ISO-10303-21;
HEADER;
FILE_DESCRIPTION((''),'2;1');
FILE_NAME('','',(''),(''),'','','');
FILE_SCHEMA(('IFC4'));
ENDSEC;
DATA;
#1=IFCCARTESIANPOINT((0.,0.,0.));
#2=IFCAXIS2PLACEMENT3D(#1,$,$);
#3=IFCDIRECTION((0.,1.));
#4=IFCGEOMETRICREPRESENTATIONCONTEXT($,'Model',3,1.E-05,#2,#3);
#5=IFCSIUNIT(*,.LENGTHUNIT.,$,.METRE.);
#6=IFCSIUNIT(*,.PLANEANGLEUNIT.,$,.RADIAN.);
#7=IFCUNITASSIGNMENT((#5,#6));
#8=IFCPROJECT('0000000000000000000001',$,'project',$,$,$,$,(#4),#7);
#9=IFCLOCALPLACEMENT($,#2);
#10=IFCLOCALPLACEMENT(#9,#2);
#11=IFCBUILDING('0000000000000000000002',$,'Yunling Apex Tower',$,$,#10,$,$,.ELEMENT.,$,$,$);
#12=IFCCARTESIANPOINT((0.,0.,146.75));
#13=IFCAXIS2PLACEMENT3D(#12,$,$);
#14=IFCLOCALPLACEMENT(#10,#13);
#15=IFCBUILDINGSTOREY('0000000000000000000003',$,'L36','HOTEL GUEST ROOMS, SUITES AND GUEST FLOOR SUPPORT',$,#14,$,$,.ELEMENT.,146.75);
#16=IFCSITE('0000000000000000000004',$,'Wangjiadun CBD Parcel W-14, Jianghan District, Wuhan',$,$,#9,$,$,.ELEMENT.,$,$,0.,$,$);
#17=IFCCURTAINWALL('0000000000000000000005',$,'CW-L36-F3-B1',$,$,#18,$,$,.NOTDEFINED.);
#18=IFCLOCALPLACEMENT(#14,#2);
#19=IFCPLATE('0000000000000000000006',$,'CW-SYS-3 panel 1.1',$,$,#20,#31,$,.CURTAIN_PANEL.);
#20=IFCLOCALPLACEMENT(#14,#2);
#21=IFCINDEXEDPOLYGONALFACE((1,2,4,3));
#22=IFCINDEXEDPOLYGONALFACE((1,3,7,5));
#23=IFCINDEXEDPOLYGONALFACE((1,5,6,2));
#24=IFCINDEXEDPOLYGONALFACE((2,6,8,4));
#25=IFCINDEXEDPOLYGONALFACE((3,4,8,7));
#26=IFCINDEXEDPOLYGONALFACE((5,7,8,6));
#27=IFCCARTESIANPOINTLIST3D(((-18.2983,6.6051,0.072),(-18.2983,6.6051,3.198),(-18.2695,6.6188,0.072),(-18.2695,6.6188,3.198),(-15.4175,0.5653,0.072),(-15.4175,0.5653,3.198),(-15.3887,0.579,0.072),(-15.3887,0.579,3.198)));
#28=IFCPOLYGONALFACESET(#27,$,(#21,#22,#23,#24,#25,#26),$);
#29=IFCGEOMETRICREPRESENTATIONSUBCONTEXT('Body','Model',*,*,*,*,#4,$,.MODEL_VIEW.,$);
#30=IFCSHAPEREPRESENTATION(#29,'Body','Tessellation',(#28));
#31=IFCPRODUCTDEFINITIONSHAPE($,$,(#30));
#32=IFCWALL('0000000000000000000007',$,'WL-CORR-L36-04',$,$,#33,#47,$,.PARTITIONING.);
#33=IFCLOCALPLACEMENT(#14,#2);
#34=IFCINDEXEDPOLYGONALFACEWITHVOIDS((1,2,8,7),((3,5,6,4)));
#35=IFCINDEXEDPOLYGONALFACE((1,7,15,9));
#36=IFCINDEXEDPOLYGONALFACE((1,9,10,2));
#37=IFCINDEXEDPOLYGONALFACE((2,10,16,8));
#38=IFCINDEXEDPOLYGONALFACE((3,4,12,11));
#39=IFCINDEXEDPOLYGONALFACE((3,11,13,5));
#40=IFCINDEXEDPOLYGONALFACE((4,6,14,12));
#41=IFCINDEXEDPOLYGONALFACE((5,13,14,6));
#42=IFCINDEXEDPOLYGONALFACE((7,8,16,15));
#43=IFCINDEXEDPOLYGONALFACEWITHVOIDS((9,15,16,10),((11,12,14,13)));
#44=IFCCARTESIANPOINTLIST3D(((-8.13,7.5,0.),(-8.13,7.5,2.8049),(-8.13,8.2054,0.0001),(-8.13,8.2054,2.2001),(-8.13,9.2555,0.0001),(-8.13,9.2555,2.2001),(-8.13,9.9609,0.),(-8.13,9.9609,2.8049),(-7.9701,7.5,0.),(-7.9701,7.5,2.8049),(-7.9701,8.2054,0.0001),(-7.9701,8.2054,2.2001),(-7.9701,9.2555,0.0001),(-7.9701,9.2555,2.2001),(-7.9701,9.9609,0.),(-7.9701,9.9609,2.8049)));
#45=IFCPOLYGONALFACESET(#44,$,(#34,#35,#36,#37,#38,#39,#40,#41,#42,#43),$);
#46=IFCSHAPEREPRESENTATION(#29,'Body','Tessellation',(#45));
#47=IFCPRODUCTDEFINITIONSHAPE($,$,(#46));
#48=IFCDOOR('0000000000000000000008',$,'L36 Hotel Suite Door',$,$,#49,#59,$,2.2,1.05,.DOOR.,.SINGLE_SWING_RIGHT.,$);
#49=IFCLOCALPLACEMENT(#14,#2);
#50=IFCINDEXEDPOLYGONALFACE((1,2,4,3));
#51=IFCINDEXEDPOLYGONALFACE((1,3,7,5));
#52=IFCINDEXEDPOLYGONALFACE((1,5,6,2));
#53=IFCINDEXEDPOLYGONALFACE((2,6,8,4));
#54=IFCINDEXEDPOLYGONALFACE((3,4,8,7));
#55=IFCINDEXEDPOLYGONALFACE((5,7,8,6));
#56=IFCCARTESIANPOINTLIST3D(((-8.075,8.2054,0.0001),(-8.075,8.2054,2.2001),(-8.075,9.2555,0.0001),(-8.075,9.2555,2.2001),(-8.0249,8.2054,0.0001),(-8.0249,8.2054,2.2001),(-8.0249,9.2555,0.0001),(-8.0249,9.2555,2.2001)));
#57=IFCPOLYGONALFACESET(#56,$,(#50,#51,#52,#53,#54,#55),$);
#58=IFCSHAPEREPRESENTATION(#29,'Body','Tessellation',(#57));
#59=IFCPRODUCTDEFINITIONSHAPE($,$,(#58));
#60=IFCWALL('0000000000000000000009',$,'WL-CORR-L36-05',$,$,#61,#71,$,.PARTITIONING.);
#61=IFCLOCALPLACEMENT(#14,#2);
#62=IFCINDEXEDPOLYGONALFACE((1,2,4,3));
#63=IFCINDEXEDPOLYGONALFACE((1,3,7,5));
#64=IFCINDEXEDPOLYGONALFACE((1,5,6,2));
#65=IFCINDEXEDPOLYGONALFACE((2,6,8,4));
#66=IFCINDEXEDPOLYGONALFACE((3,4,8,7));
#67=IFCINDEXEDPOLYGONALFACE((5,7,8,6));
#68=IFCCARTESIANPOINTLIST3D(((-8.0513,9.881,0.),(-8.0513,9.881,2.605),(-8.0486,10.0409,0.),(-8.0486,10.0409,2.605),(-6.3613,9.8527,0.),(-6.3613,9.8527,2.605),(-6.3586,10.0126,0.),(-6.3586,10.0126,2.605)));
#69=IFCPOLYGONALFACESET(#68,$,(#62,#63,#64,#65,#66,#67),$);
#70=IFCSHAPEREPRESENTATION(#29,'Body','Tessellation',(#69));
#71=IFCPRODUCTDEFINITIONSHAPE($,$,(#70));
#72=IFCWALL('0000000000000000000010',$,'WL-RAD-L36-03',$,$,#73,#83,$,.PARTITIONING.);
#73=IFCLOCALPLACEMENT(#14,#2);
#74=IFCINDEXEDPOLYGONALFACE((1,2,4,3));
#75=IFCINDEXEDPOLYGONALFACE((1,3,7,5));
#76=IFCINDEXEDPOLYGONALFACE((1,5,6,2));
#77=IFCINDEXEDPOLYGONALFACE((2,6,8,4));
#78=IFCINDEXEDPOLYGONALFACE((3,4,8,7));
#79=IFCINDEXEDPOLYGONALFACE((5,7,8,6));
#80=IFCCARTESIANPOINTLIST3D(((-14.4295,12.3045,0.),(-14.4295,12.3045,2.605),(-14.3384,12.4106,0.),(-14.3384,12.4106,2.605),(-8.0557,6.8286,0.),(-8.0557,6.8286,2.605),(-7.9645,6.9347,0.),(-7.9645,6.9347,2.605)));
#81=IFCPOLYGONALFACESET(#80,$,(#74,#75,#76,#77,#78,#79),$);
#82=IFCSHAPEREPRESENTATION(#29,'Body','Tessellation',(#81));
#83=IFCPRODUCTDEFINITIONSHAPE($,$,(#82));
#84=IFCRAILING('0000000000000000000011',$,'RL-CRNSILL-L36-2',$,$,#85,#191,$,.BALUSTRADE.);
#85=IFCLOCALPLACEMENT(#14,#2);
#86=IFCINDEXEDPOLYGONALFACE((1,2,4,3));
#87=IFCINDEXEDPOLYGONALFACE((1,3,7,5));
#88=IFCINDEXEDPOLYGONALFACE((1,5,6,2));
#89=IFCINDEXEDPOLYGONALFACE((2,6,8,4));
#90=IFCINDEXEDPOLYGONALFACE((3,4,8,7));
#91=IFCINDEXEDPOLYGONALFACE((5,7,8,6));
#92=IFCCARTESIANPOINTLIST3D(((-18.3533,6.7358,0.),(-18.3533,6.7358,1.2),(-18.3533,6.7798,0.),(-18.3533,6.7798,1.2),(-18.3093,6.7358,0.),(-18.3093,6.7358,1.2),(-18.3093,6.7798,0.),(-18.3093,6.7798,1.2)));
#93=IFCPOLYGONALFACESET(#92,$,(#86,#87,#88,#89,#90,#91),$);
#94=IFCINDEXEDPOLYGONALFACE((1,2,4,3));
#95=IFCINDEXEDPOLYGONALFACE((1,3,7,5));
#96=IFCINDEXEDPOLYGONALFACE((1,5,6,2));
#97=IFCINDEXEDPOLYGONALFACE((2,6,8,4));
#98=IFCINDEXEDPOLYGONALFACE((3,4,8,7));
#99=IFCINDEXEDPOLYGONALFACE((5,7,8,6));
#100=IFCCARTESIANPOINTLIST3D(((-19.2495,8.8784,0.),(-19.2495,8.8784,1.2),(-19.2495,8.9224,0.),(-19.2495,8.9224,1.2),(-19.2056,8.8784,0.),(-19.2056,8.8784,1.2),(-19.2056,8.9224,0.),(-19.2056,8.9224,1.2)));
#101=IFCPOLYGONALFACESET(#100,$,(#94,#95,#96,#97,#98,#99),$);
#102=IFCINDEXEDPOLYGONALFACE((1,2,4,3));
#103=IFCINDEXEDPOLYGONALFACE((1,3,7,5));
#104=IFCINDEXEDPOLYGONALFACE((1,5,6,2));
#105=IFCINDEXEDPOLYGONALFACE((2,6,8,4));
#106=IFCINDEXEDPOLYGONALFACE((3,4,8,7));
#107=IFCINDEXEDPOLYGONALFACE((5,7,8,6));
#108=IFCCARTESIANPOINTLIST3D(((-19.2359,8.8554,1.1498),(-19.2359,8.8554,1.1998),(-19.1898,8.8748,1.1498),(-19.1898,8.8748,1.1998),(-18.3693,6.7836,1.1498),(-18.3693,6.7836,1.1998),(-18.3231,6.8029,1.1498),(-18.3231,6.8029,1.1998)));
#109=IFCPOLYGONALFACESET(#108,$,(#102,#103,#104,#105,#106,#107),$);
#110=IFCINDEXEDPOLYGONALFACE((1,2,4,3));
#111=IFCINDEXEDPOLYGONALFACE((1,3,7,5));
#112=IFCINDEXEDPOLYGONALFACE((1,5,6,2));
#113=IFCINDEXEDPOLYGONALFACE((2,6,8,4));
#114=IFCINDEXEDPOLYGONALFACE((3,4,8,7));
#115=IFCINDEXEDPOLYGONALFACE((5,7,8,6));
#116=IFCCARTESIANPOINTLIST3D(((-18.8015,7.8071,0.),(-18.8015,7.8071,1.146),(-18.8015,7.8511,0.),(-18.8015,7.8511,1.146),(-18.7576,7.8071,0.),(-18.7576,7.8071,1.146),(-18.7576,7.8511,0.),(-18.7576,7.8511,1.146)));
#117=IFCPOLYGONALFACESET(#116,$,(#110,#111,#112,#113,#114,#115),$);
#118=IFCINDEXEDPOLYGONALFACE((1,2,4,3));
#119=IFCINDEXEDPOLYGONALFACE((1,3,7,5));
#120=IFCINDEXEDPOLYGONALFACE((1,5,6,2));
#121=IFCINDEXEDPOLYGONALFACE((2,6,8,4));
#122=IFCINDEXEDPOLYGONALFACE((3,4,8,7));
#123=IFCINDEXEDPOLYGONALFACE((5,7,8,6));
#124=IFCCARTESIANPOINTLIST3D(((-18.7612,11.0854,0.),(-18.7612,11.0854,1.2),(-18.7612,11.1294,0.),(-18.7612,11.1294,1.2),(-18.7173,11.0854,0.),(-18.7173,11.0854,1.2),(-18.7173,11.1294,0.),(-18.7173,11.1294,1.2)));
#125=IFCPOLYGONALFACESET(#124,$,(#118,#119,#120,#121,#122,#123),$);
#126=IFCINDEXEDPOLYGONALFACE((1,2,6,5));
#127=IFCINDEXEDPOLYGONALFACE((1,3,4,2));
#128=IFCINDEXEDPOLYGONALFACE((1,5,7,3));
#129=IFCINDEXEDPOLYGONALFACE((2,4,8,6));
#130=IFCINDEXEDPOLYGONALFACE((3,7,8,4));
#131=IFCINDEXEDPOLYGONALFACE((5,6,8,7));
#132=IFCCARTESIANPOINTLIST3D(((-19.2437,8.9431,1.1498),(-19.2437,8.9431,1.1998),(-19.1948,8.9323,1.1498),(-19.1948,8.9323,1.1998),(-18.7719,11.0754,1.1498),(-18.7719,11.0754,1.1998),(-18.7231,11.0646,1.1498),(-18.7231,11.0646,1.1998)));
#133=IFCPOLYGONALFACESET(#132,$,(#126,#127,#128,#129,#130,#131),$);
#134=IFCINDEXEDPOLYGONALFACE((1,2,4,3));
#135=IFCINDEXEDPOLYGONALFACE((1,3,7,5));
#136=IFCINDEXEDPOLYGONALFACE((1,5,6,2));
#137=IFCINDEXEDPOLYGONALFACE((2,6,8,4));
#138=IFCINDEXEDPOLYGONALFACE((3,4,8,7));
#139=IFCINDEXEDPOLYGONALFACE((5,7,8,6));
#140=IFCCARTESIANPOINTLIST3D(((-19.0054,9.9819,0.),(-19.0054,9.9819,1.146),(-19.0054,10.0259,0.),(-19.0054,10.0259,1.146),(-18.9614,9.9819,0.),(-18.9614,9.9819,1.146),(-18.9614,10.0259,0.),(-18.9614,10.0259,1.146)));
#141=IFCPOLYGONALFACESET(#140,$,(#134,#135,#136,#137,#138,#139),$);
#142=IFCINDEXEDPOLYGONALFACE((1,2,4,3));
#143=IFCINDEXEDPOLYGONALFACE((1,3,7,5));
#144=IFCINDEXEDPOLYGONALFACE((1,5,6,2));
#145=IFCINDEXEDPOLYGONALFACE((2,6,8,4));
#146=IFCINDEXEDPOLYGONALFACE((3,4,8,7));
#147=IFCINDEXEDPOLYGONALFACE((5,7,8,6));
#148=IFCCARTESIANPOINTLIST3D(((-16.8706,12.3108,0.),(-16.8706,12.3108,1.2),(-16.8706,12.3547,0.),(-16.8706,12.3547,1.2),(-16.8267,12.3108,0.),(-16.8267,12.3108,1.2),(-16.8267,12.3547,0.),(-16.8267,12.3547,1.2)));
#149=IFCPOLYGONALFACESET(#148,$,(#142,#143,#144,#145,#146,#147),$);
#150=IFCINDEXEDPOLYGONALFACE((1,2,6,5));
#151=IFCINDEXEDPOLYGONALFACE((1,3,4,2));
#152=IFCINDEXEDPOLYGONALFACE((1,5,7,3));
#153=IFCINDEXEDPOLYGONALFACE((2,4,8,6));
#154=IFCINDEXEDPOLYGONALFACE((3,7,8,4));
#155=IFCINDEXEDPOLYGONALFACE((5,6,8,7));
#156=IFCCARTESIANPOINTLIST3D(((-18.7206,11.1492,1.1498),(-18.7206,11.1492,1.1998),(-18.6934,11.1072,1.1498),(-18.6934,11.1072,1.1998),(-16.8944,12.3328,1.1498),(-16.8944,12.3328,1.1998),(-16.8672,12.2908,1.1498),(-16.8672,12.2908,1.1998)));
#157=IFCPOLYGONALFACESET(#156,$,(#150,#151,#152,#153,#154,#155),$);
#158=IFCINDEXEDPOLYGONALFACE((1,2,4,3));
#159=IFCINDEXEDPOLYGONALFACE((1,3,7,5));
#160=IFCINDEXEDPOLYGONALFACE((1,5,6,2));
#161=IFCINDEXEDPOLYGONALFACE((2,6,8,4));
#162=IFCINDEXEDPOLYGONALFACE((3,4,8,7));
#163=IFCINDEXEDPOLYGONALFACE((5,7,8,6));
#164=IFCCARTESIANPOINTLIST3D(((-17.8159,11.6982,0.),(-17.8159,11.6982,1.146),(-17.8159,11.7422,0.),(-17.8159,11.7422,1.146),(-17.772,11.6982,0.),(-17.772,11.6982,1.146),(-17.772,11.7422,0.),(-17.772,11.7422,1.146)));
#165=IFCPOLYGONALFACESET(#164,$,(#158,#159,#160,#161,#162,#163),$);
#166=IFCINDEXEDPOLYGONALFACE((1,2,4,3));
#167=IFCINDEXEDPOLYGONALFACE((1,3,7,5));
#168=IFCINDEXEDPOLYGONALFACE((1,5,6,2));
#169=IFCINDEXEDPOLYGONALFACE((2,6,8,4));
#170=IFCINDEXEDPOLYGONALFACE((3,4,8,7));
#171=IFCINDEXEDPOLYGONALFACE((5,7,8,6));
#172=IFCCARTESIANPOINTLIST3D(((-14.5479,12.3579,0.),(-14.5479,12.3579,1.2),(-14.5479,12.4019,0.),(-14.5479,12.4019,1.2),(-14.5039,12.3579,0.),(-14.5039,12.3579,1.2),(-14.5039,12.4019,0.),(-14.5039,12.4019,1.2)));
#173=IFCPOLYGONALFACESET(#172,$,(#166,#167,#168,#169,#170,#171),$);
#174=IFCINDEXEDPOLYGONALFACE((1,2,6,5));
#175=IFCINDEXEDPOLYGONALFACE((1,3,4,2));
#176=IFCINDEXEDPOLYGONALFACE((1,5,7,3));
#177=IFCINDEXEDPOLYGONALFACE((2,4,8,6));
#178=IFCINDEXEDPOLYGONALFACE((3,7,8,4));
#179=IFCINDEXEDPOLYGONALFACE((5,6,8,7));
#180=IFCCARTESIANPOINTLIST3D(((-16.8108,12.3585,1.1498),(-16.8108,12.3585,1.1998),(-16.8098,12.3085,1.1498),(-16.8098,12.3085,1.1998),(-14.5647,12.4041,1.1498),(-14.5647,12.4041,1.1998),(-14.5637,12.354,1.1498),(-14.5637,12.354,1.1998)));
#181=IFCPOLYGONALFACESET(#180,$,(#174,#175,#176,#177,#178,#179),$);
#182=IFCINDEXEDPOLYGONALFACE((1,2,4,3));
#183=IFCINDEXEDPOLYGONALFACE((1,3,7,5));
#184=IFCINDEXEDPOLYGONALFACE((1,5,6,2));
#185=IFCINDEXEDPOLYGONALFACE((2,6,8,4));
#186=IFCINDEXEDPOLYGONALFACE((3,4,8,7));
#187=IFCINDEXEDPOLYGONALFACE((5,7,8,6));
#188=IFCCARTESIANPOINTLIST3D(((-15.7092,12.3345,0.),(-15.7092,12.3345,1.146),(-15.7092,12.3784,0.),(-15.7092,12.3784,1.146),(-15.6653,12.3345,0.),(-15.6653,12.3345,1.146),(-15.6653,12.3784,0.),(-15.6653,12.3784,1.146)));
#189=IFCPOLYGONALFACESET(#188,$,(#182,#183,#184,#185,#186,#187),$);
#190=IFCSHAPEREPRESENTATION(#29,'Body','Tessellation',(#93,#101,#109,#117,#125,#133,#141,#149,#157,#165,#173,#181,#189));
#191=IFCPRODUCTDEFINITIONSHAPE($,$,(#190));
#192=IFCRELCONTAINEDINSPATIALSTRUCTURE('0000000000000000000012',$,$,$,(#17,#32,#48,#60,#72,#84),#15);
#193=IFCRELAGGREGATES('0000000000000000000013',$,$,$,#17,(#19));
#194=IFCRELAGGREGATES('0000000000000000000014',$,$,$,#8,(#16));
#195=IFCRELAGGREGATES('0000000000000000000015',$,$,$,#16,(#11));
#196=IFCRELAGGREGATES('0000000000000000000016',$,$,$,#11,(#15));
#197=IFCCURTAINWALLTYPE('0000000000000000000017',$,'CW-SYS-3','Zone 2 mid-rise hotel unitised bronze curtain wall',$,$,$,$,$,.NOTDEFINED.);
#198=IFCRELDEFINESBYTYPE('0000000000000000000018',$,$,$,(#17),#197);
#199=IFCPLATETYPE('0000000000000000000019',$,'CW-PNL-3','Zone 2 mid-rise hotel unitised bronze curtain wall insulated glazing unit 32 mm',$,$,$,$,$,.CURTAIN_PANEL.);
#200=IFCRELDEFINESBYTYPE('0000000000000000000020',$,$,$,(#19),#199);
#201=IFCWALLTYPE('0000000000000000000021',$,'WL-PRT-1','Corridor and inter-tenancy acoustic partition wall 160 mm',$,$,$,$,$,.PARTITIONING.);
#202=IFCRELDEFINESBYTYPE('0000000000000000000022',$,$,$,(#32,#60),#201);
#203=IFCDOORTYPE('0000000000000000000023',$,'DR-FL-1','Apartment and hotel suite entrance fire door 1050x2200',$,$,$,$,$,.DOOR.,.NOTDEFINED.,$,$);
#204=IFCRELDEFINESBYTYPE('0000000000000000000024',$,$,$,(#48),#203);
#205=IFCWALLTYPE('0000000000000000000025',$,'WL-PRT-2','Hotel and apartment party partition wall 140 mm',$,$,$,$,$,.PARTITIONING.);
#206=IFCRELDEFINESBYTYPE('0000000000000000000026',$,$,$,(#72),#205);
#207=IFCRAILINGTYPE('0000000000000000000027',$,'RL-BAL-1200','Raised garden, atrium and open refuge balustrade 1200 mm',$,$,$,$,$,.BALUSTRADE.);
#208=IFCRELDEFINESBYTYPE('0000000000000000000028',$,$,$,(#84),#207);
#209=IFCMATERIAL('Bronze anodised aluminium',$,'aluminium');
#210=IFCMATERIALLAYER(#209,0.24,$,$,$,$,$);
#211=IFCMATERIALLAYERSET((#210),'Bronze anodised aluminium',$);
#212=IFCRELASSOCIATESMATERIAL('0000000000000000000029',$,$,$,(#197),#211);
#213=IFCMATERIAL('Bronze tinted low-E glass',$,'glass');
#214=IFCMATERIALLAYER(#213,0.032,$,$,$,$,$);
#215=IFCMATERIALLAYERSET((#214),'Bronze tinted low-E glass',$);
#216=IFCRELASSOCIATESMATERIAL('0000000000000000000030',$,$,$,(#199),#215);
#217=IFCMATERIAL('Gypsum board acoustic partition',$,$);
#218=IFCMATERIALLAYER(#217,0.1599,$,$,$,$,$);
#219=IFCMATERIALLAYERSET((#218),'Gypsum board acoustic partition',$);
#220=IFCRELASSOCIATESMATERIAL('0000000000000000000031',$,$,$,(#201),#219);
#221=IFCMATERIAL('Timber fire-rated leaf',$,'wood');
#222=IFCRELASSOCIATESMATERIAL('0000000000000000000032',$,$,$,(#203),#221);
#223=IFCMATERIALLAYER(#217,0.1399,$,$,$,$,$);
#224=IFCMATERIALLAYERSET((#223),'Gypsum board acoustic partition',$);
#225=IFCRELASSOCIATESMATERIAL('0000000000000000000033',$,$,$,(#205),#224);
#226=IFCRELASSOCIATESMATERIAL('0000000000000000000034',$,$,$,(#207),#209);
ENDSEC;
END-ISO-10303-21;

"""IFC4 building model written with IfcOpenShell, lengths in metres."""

from ifc_helpers import new_model, si_unit, direction, frame, frame_2d, origin, origin_2d, place, context, subcontext, project, spatial, rectangle, extrude, source, transform, mapped, material, layer, layer_set, type_object, element, fill, aggregate, save


model = new_model("IFC4")

# Units and contexts
model_context = context("Model", 3, precision=1e-05, world=origin(), true_north=direction((0.0, 1.0)))
body_context = subcontext(model_context, "Body", "Model", "MODEL_VIEW")
ifc_project = project(units=[si_unit("LENGTHUNIT", "METRE"), si_unit("PLANEANGLEUNIT", "RADIAN")], contexts=[model_context])

# Site, building, storey
site_placement = place(None, origin())
site = spatial("IfcSite", under=ifc_project, at=site_placement, Name="Wangjiadun CBD Parcel W-14, Jianghan District, Wuhan", CompositionType="ELEMENT", RefElevation=0.0)
building_placement = place(site_placement, origin())
building = spatial("IfcBuilding", under=site, at=building_placement, Name="Yunling Apex Tower", CompositionType="ELEMENT")
storey_placement = place(building_placement, frame((0.0, 0.0, 146.75)))
storey = spatial("IfcBuildingStorey", under=building, at=storey_placement, Name="L36", Description="HOTEL GUEST ROOMS, SUITES AND GUEST FLOOR SUPPORT", CompositionType="ELEMENT", Elevation=146.75)

# Shared definitions
ifc_material_1 = material(Name="Bronze anodised aluminium", Category="aluminium")
ifc_layer_1 = layer(ifc_material_1, 0.24)
ifc_layer_set_1 = layer_set([ifc_layer_1], Name="Bronze anodised aluminium")
curtain_wall_type = type_object("IfcCurtainWallType", Name="CW-SYS-3", Description="Zone 2 mid-rise hotel unitised bronze curtain wall", PredefinedType="NOTDEFINED", material=ifc_layer_set_1)

# Curtain wall
curtain_wall_1_placement = place(storey_placement, origin())
curtain_wall_1 = element("IfcCurtainWall", 1, at=curtain_wall_1_placement, inside=storey, type_object=curtain_wall_type, Name="CW-L36-F3-B1", PredefinedType="NOTDEFINED")

# Plate
ifc_material_2 = material(Name="Bronze tinted low-E glass", Category="glass")
ifc_layer_2 = layer(ifc_material_2, 0.032)
ifc_layer_set_2 = layer_set([ifc_layer_2], Name="Bronze tinted low-E glass")
plate_type = type_object("IfcPlateType", Name="CW-PNL-3", Description="Zone 2 mid-rise hotel unitised bronze curtain wall insulated glazing unit 32 mm", PredefinedType="CURTAIN_PANEL", material=ifc_layer_set_2)
shared_shape_1 = source(origin(), body_context, "Body", "SweptSolid", [
    extrude(rectangle(XDim=6.6917, YDim=0.032, at=origin_2d()), origin(), (0.0, 0.0, 1.0), 3.126),
])
plate_1_placement = place(storey_placement, frame((-16.8435, 3.592, 0.072), z_axis=(0.0, 0.0, 1.0), x_axis=(0.430506, -0.902588, 0.0)))
plate_1 = element("IfcPlate", 2, at=plate_1_placement, type_object=plate_type, Name="CW-SYS-3 panel 1.1", PredefinedType="CURTAIN_PANEL", context=body_context, shape_type="MappedRepresentation", body=[
    mapped(shared_shape_1, transform((0.0, 0.0, 0.0), scale=1.0)),
])
aggregate(curtain_wall_1, [plate_1])

# Wall, opening, door
ifc_material_3 = material(Name="Gypsum board acoustic partition")
ifc_layer_3 = layer(ifc_material_3, 0.1599)
ifc_layer_set_3 = layer_set([ifc_layer_3], Name="Gypsum board acoustic partition")
wall_type_1 = type_object("IfcWallType", Name="WL-PRT-1", Description="Corridor and inter-tenancy acoustic partition wall 160 mm", PredefinedType="PARTITIONING", material=ifc_layer_set_3)
wall_1_placement = place(storey_placement, frame((-8.05, 7.5, 0.0), z_axis=(0.0, 0.0, 1.0), x_axis=(0.0, 1.0, 0.0)))
wall_1 = element("IfcWall", 3, at=wall_1_placement, inside=storey, type_object=wall_type_1, Name="WL-CORR-L36-04", PredefinedType="PARTITIONING", context=body_context, shape_type="SweptSolid", body=[
    extrude(rectangle(XDim=2.4609, YDim=0.1599, at=frame_2d((1.2305, 0.0))), origin(), (0.0, 0.0, 1.0), 2.8049),
])
opening_placement = place(wall_1_placement, frame((0.7056, 0.0, 0.0)))
opening = element("IfcOpeningElement", 4, at=opening_placement, cuts=wall_1, PredefinedType="OPENING", context=body_context, shape_type="SweptSolid", body=[
    extrude(rectangle(XDim=1.05, YDim=2.2, at=frame_2d((0.5249, 1.1001))), frame((0.0, 0.0898, 0.0), z_axis=(0.0, -1.0, 0.0), x_axis=(1.0, 0.0, 0.0)), (0.0, 0.0, 1.0), 0.1799),
])
ifc_material_4 = material(Name="Timber fire-rated leaf", Category="wood")
door_type = type_object("IfcDoorType", Name="DR-FL-1", Description="Apartment and hotel suite entrance fire door 1050x2200", OperationType="NOTDEFINED", PredefinedType="DOOR", material=ifc_material_4)
door_placement = place(opening_placement, origin())
door = element("IfcDoor", 5, at=door_placement, inside=storey, type_object=door_type, Name="L36 Hotel Suite Door", OperationType="SINGLE_SWING_RIGHT", OverallHeight=2.2, OverallWidth=1.05, PredefinedType="DOOR", context=body_context, shape_type="SweptSolid", body=[
    extrude(rectangle(XDim=1.05, YDim=2.2, at=frame_2d((0.5249, 1.1001))), frame((0.0, 0.0249, 0.0), z_axis=(0.0, -1.0, 0.0), x_axis=(1.0, 0.0, 0.0)), (0.0, 0.0, 1.0), 0.05),
])
fill(opening, door)

# Walls
wall_2_placement = place(storey_placement, frame((-8.05, 9.9609, 0.0), z_axis=(0.0, 0.0, 1.0), x_axis=(0.99986, -0.016756, 0.0)))
element("IfcWall", 6, at=wall_2_placement, inside=storey, type_object=wall_type_1, Name="WL-CORR-L36-05", PredefinedType="PARTITIONING", context=body_context, shape_type="SweptSolid", body=[
    extrude(rectangle(XDim=1.6902, YDim=0.1599, at=frame_2d((0.8452, 0.0))), origin(), (0.0, 0.0, 1.0), 2.605),
])
ifc_layer_4 = layer(ifc_material_3, 0.1399)
ifc_layer_set_4 = layer_set([ifc_layer_4], Name="Gypsum board acoustic partition")
wall_type_2 = type_object("IfcWallType", Name="WL-PRT-2", Description="Hotel and apartment party partition wall 140 mm", PredefinedType="PARTITIONING", material=ifc_layer_set_4)
wall_3_placement = place(storey_placement, frame((-8.01, 6.8816, 0.0), z_axis=(0.0, 0.0, 1.0), x_axis=(-0.758516, 0.651655, 0.0)))
element("IfcWall", 7, at=wall_3_placement, inside=storey, type_object=wall_type_2, Name="WL-RAD-L36-03", PredefinedType="PARTITIONING", context=body_context, shape_type="SweptSolid", body=[
    extrude(rectangle(XDim=8.4031, YDim=0.1399, at=frame_2d((4.2017, 0.0))), origin(), (0.0, 0.0, 1.0), 2.605),
])

# Railing
railing_type = type_object("IfcRailingType", Name="RL-BAL-1200", Description="Raised garden, atrium and open refuge balustrade 1200 mm", PredefinedType="BALUSTRADE", material=ifc_material_1)
railing_placement = place(storey_placement, frame((-18.3313, 6.7578, 0.0)))
element("IfcRailing", 8, at=railing_placement, inside=storey, type_object=railing_type, Name="RL-CRNSILL-L36-2", PredefinedType="BALUSTRADE", context=body_context, shape_type="SweptSolid", body=[
    extrude(rectangle(XDim=0.0439, YDim=0.0439, at=origin_2d()), origin(), (0.0, 0.0, 1.0), 1.2),
    extrude(rectangle(XDim=0.0439, YDim=0.0439, at=origin_2d()), frame((-0.8962, 2.1426, 0.0)), (0.0, 0.0, 1.0), 1.2),
    extrude(rectangle(XDim=0.05, YDim=0.05, at=origin_2d()), frame((-0.0149, 0.0354, 1.1748), z_axis=(-0.385899, 0.922541, 0.0), x_axis=(-0.922541, -0.385899, 0.0)), (0.0, 0.0, 1.0), 2.2458),
    extrude(rectangle(XDim=0.0439, YDim=0.0439, at=origin_2d()), frame((-0.4482, 1.0713, 0.0)), (0.0, 0.0, 1.0), 1.146),
    extrude(rectangle(XDim=0.0439, YDim=0.0439, at=origin_2d()), frame((-0.408, 4.3496, 0.0)), (0.0, 0.0, 1.0), 1.2),
    extrude(rectangle(XDim=0.05, YDim=0.05, at=origin_2d()), frame((-0.8879, 2.1799, 1.1748), z_axis=(0.216015, 0.97639, 0.0), x_axis=(-0.97639, 0.216015, 0.0)), (0.0, 0.0, 1.0), 2.1838),
    extrude(rectangle(XDim=0.0439, YDim=0.0439, at=origin_2d()), frame((-0.6521, 3.2461, 0.0)), (0.0, 0.0, 1.0), 1.146),
    extrude(rectangle(XDim=0.0439, YDim=0.0439, at=origin_2d()), frame((1.4827, 5.575, 0.0)), (0.0, 0.0, 1.0), 1.2),
    extrude(rectangle(XDim=0.05, YDim=0.05, at=origin_2d()), frame((-0.3757, 4.3704, 1.1748), z_axis=(0.839166, 0.543876, 0.0), x_axis=(-0.543876, 0.839166, 0.0)), (0.0, 0.0, 1.0), 2.1763),
    extrude(rectangle(XDim=0.0439, YDim=0.0439, at=origin_2d()), frame((0.5374, 4.9624, 0.0)), (0.0, 0.0, 1.0), 1.146),
    extrude(rectangle(XDim=0.0439, YDim=0.0439, at=origin_2d()), frame((3.8054, 5.6221, 0.0)), (0.0, 0.0, 1.0), 1.2),
    extrude(rectangle(XDim=0.05, YDim=0.05, at=origin_2d()), frame((1.521, 5.5757, 1.1748), z_axis=(0.999794, 0.020282, 0.0), x_axis=(-0.020282, 0.999794, 0.0)), (0.0, 0.0, 1.0), 2.2466),
    extrude(rectangle(XDim=0.0439, YDim=0.0439, at=origin_2d()), frame((2.644, 5.5986, 0.0)), (0.0, 0.0, 1.0), 1.146),
])

save(model, "model.ifc")
